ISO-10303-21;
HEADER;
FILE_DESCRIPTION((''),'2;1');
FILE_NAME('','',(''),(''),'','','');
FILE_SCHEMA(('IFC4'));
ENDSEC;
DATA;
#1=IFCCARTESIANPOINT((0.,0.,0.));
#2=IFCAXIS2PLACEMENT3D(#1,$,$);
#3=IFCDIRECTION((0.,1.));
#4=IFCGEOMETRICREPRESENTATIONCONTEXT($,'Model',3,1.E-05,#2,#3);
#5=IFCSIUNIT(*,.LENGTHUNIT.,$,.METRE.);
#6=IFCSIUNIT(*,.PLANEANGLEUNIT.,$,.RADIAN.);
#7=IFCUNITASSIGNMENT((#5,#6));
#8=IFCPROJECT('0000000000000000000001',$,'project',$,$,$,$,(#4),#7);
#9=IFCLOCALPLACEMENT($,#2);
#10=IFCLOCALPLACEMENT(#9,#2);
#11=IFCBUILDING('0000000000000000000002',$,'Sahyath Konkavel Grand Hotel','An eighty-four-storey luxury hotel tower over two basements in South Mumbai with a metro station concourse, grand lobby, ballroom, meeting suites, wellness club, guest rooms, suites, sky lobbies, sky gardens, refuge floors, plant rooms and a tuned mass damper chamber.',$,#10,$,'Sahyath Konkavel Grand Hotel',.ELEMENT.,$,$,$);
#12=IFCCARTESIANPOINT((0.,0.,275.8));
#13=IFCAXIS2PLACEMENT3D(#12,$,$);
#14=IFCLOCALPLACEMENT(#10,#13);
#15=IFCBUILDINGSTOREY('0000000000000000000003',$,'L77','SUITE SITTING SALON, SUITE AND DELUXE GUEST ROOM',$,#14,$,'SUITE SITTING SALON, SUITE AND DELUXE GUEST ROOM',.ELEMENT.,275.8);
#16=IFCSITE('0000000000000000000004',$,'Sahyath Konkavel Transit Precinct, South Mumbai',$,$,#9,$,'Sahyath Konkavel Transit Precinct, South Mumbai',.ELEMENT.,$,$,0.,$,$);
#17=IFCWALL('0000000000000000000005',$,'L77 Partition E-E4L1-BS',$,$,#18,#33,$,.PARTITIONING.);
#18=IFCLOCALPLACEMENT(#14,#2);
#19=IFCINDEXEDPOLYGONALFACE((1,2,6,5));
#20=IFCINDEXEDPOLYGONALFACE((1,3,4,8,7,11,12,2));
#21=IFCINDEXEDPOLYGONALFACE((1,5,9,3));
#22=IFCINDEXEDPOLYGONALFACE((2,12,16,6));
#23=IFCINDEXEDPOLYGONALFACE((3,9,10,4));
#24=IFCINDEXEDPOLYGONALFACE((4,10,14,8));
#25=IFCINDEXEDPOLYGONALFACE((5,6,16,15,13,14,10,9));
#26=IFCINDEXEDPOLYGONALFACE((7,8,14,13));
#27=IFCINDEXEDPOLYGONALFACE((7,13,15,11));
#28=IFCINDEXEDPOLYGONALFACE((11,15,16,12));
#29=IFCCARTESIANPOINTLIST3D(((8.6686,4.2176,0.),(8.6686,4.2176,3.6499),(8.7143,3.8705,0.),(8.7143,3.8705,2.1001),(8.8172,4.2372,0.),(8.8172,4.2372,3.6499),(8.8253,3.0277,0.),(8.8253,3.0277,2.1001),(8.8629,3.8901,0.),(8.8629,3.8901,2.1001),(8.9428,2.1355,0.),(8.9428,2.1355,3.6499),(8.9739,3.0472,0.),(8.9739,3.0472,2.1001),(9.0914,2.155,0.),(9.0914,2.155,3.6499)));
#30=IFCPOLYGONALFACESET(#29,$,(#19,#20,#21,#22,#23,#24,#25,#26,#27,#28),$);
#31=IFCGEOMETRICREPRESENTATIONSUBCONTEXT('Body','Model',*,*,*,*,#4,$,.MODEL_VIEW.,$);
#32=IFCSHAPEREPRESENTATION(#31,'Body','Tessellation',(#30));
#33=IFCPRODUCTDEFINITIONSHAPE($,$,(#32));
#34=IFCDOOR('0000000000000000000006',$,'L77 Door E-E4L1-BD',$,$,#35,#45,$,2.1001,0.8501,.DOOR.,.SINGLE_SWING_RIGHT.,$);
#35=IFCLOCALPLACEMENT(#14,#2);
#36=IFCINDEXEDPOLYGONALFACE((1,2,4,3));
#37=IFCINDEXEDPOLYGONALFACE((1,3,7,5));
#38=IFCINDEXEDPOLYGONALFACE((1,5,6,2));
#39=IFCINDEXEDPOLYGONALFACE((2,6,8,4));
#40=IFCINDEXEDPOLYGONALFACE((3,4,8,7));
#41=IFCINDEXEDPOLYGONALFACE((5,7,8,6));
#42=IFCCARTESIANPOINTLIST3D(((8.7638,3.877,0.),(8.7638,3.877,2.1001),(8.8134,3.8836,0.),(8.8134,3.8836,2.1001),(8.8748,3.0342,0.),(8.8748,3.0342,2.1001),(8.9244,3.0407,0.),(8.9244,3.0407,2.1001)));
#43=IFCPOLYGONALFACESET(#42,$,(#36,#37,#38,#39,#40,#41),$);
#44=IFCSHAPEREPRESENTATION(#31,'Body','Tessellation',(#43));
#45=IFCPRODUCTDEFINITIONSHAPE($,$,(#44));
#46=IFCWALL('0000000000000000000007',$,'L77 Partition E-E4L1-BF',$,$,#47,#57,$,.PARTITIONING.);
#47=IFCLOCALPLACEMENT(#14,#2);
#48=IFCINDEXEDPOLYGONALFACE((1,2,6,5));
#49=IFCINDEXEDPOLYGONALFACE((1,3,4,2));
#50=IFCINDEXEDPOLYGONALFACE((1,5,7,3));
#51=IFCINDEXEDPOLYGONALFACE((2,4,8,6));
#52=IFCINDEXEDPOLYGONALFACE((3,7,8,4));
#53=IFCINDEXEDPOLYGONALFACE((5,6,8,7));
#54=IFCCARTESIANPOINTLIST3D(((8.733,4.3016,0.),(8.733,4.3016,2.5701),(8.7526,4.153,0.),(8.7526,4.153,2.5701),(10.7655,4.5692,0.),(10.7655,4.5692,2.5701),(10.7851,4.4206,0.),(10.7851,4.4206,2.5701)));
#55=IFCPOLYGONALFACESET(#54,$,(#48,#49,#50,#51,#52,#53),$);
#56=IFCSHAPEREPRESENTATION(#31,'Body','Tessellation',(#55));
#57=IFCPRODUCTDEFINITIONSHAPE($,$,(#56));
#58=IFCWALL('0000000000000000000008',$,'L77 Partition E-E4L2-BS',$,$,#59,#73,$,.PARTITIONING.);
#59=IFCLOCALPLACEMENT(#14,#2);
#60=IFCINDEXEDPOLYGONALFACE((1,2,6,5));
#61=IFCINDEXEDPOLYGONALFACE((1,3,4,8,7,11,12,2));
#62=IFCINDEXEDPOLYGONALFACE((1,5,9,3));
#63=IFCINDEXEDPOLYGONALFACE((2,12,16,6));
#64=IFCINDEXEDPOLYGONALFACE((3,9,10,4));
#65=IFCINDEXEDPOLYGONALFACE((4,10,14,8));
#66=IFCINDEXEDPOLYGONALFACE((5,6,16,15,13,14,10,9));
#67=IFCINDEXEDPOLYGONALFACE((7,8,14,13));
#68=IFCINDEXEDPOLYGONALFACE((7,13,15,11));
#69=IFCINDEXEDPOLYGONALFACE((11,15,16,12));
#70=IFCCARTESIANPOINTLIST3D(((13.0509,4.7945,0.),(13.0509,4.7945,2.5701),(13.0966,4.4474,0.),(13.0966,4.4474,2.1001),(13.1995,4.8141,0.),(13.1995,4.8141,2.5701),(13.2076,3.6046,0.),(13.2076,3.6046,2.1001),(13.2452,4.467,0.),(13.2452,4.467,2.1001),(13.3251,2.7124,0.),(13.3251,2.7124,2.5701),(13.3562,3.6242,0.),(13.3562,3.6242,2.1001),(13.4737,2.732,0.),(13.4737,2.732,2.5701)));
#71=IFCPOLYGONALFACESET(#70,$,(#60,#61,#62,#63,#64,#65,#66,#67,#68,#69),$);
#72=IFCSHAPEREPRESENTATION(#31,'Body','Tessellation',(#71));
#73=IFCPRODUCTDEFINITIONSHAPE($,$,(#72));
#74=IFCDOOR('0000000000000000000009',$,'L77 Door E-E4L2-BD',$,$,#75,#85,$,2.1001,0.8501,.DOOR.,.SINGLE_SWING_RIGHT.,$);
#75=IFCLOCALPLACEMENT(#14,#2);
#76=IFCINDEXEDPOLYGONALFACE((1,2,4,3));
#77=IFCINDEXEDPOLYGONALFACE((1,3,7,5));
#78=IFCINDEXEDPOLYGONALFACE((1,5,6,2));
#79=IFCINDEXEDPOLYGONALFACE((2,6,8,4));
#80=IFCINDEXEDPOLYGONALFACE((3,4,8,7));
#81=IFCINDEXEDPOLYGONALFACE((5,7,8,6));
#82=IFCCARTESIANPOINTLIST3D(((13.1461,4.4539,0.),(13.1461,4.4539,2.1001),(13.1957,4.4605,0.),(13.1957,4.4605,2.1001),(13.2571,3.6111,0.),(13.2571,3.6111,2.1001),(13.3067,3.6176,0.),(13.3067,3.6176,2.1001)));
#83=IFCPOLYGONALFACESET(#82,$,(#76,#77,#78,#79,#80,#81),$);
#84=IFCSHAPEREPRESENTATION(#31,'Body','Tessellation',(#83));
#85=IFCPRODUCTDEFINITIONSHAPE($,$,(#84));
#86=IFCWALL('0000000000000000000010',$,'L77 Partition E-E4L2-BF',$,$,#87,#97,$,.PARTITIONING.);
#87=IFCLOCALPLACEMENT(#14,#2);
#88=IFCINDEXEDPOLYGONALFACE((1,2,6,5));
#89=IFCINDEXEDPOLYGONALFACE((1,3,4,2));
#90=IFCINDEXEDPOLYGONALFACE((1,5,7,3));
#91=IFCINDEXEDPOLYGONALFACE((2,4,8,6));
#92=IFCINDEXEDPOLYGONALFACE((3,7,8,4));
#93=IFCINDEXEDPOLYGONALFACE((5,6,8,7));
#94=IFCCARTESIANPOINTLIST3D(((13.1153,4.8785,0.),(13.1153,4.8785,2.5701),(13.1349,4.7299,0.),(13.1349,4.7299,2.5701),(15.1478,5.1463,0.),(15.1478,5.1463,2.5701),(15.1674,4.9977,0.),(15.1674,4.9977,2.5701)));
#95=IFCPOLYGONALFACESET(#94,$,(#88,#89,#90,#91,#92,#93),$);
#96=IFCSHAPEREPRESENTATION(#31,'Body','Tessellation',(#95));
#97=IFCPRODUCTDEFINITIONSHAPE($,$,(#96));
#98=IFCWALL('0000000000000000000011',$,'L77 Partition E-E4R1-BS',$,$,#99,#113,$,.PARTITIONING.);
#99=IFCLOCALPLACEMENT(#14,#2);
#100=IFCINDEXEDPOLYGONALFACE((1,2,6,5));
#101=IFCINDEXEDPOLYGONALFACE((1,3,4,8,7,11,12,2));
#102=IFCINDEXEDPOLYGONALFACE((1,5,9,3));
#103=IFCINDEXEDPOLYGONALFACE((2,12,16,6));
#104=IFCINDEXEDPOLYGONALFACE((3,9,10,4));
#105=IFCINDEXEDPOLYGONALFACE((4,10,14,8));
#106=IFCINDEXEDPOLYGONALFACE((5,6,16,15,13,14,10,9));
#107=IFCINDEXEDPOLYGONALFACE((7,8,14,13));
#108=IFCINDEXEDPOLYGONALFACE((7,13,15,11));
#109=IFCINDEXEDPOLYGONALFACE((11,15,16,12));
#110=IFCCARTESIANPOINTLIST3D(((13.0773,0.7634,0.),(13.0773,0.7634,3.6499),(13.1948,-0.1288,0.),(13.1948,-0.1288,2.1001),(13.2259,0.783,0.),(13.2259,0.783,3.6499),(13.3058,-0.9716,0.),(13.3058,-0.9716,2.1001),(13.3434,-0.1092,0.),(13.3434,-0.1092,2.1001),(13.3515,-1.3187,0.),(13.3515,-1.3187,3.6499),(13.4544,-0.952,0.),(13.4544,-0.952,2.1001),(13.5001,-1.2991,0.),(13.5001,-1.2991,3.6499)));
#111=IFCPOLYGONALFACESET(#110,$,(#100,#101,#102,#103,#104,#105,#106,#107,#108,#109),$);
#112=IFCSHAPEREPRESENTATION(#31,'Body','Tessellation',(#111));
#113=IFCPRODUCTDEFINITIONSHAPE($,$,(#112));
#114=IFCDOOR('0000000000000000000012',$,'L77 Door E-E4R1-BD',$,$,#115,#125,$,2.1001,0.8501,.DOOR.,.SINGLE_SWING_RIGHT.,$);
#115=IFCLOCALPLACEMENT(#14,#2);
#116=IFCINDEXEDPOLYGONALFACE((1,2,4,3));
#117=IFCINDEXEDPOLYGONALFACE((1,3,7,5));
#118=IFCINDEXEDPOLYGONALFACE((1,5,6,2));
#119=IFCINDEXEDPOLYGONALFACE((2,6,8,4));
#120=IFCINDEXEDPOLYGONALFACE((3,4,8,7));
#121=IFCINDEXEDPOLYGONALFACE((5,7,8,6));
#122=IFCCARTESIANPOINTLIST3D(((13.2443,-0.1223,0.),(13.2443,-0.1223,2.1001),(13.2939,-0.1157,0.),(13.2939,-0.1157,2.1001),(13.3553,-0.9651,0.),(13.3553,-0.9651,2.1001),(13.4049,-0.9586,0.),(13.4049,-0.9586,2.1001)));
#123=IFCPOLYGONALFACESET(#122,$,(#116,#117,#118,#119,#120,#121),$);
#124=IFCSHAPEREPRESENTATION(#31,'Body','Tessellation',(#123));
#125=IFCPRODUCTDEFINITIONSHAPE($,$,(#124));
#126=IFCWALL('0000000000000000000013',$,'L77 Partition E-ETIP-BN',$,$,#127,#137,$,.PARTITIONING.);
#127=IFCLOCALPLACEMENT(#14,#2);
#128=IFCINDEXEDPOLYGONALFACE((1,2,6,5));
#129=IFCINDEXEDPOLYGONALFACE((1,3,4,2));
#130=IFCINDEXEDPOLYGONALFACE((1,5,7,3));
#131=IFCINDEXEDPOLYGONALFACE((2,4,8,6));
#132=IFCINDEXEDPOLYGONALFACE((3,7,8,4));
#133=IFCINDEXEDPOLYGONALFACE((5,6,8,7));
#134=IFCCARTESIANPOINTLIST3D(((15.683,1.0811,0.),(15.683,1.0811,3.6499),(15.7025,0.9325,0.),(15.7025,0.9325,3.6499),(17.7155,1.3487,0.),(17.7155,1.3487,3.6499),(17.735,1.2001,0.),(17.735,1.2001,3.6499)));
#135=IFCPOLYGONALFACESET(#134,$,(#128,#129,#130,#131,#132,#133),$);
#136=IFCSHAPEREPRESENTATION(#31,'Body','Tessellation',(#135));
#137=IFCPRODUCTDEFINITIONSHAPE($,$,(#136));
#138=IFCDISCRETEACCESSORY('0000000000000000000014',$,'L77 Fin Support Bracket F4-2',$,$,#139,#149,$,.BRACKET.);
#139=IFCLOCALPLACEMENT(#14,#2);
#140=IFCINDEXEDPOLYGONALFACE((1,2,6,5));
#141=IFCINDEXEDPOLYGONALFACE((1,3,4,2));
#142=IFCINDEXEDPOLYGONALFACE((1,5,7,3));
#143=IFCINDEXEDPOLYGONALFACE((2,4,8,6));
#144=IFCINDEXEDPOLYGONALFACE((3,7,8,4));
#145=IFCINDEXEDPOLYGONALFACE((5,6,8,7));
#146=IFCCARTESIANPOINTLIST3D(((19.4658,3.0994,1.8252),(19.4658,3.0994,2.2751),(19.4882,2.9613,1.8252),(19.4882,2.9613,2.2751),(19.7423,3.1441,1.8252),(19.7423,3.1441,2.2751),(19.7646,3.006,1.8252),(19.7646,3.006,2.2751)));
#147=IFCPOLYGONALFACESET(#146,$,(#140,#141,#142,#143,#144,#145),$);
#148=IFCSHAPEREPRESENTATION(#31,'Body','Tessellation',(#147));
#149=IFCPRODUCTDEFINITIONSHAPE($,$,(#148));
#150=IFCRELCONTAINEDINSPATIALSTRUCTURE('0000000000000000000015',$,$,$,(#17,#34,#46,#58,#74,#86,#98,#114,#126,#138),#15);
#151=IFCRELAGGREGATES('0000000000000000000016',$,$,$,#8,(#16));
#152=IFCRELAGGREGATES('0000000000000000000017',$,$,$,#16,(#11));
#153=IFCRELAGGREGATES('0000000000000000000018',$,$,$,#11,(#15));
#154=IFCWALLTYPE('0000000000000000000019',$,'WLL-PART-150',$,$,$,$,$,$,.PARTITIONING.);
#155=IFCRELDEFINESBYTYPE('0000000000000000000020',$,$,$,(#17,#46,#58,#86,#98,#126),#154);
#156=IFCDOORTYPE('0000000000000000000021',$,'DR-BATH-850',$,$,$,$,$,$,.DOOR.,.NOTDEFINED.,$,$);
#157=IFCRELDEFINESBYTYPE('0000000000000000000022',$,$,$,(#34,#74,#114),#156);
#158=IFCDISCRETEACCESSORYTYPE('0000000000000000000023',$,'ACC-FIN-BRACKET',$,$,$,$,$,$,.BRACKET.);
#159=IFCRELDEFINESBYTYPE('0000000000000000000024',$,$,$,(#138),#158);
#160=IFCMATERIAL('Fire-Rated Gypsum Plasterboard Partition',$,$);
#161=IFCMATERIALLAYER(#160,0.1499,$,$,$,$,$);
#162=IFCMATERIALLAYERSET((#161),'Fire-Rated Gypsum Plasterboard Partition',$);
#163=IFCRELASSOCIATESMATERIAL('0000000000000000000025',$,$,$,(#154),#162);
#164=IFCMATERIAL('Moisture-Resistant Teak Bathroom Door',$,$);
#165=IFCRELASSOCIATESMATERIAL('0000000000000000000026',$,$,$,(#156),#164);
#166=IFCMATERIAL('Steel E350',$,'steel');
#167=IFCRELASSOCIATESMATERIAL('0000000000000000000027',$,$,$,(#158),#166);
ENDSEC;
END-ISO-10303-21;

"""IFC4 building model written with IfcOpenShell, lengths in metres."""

from ifc_helpers import new_model, si_unit, direction, frame, frame_2d, origin, origin_2d, place, context, subcontext, project, spatial, rectangle, extrude, source, transform, mapped, material, layer, layer_set, type_object, element, fill, save


model = new_model("IFC4")

# Units and contexts
model_context = context("Model", 3, precision=1e-05, world=origin(), true_north=direction((0.0, 1.0)))
body_context = subcontext(model_context, "Body", "Model", "MODEL_VIEW")
ifc_project = project(units=[si_unit("LENGTHUNIT", "METRE"), si_unit("PLANEANGLEUNIT", "RADIAN")], contexts=[model_context])

# Site, building, storey
site_placement = place(None, origin())
site = spatial("IfcSite", under=ifc_project, at=site_placement, Name="Sahyath Konkavel Transit Precinct, South Mumbai", LongName="Sahyath Konkavel Transit Precinct, South Mumbai", CompositionType="ELEMENT", RefElevation=0.0)
building_placement = place(site_placement, origin())
building = spatial("IfcBuilding", under=site, at=building_placement, Name="Sahyath Konkavel Grand Hotel", Description="An eighty-four-storey luxury hotel tower over two basements in South Mumbai with a metro station concourse, grand lobby, ballroom, meeting suites, wellness club, guest rooms, suites, sky lobbies, sky gardens, refuge floors, plant rooms and a tuned mass damper chamber.", LongName="Sahyath Konkavel Grand Hotel", CompositionType="ELEMENT")
storey_placement = place(building_placement, frame((0.0, 0.0, 275.8)))
storey = spatial("IfcBuildingStorey", under=building, at=storey_placement, Name="L77", Description="SUITE SITTING SALON, SUITE AND DELUXE GUEST ROOM", LongName="SUITE SITTING SALON, SUITE AND DELUXE GUEST ROOM", CompositionType="ELEMENT", Elevation=275.8)

# Shared definitions
ifc_material_1 = material(Name="Steel E350", Category="steel")

# Wall, opening, door
ifc_material_2 = material(Name="Fire-Rated Gypsum Plasterboard Partition")
ifc_layer_1 = layer(ifc_material_2, 0.1499)
ifc_layer_set_1 = layer_set([ifc_layer_1], Name="Fire-Rated Gypsum Plasterboard Partition")
wall_type_1 = type_object("IfcWallType", Name="WLL-PART-150", PredefinedType="PARTITIONING", material=ifc_layer_set_1)
wall_1_placement = place(storey_placement, frame((9.0171, 2.1453, 0.0), z_axis=(0.0, 0.0, 1.0), x_axis=(-0.130557, 0.991441, 0.0)))
wall_1 = element("IfcWall", 1, at=wall_1_placement, inside=storey, type_object=wall_type_1, Name="L77 Partition E-E4L1-BS", PredefinedType="PARTITIONING", context=body_context, shape_type="SweptSolid", body=[
    extrude(rectangle(XDim=2.1001, YDim=0.1499, at=frame_2d((1.05, 0.0))), origin(), (0.0, 0.0, 1.0), 3.6499),
])
opening_1_placement = place(wall_1_placement, frame((0.8999, 0.0, 0.0)))
opening_1 = element("IfcOpeningElement", 2, at=opening_1_placement, cuts=wall_1, PredefinedType="OPENING", context=body_context, shape_type="SweptSolid", body=[
    extrude(rectangle(XDim=0.8501, YDim=2.1001, at=frame_2d((0.425, 1.05))), frame((0.0, 0.085, 0.0), z_axis=(0.0, -1.0, 0.0), x_axis=(1.0, 0.0, 0.0)), (0.0, 0.0, 1.0), 0.1699),
])
ifc_material_3 = material(Name="Moisture-Resistant Teak Bathroom Door")
door_type = type_object("IfcDoorType", Name="DR-BATH-850", OperationType="NOTDEFINED", PredefinedType="DOOR", material=ifc_material_3)
shared_shape_1 = source(origin(), body_context, "Body", "SweptSolid", [
    extrude(rectangle(XDim=0.8501, YDim=0.05, at=origin_2d()), origin(), (0.0, 0.0, 1.0), 2.1001),
])
door_1_placement = place(opening_1_placement, frame((0.425, 0.0, 0.0)))
door_1 = element("IfcDoor", 3, at=door_1_placement, inside=storey, type_object=door_type, Name="L77 Door E-E4L1-BD", OperationType="SINGLE_SWING_RIGHT", OverallHeight=2.1001, OverallWidth=0.8501, PredefinedType="DOOR", context=body_context, shape_type="MappedRepresentation", body=[
    mapped(shared_shape_1, transform((0.0, 0.0, 0.0), scale=1.0)),
])
fill(opening_1, door_1)

# Wall
wall_2_placement = place(storey_placement, frame((8.7429, 4.2273, 0.0), z_axis=(0.0, 0.0, 1.0), x_axis=(0.991445, 0.130525, 0.0)))
element("IfcWall", 4, at=wall_2_placement, inside=storey, type_object=wall_type_1, Name="L77 Partition E-E4L1-BF", PredefinedType="PARTITIONING", context=body_context, shape_type="SweptSolid", body=[
    extrude(rectangle(XDim=2.05, YDim=0.1499, at=frame_2d((1.0249, 0.0))), origin(), (0.0, 0.0, 1.0), 2.5701),
])

# Wall, opening, door
wall_3_placement = place(storey_placement, frame((13.3994, 2.7222, 0.0), z_axis=(0.0, 0.0, 1.0), x_axis=(-0.130557, 0.991441, 0.0)))
wall_3 = element("IfcWall", 5, at=wall_3_placement, inside=storey, type_object=wall_type_1, Name="L77 Partition E-E4L2-BS", PredefinedType="PARTITIONING", context=body_context, shape_type="SweptSolid", body=[
    extrude(rectangle(XDim=2.1001, YDim=0.1499, at=frame_2d((1.05, 0.0))), origin(), (0.0, 0.0, 1.0), 2.5701),
])
opening_2_placement = place(wall_3_placement, frame((0.8999, 0.0, 0.0)))
opening_2 = element("IfcOpeningElement", 6, at=opening_2_placement, cuts=wall_3, PredefinedType="OPENING", context=body_context, shape_type="SweptSolid", body=[
    extrude(rectangle(XDim=0.8501, YDim=2.1001, at=frame_2d((0.425, 1.05))), frame((0.0, 0.085, 0.0), z_axis=(0.0, -1.0, 0.0), x_axis=(1.0, 0.0, 0.0)), (0.0, 0.0, 1.0), 0.1699),
])
door_2_placement = place(opening_2_placement, frame((0.425, 0.0, 0.0)))
door_2 = element("IfcDoor", 7, at=door_2_placement, inside=storey, type_object=door_type, Name="L77 Door E-E4L2-BD", OperationType="SINGLE_SWING_RIGHT", OverallHeight=2.1001, OverallWidth=0.8501, PredefinedType="DOOR", context=body_context, shape_type="MappedRepresentation", body=[
    mapped(shared_shape_1, transform((0.0, 0.0, 0.0), scale=1.0)),
])
fill(opening_2, door_2)

# Wall
wall_4_placement = place(storey_placement, frame((13.1252, 4.8042, 0.0), z_axis=(0.0, 0.0, 1.0), x_axis=(0.99143, 0.130642, 0.0)))
element("IfcWall", 8, at=wall_4_placement, inside=storey, type_object=wall_type_1, Name="L77 Partition E-E4L2-BF", PredefinedType="PARTITIONING", context=body_context, shape_type="SweptSolid", body=[
    extrude(rectangle(XDim=2.05, YDim=0.1499, at=frame_2d((1.0249, 0.0))), origin(), (0.0, 0.0, 1.0), 2.5701),
])

# Wall, opening, door
wall_5_placement = place(storey_placement, frame((13.1516, 0.7732, 0.0), z_axis=(0.0, 0.0, 1.0), x_axis=(0.130557, -0.991441, 0.0)))
wall_5 = element("IfcWall", 9, at=wall_5_placement, inside=storey, type_object=wall_type_1, Name="L77 Partition E-E4R1-BS", PredefinedType="PARTITIONING", context=body_context, shape_type="SweptSolid", body=[
    extrude(rectangle(XDim=2.1001, YDim=0.1499, at=frame_2d((1.05, 0.0))), origin(), (0.0, 0.0, 1.0), 3.6499),
])
opening_3_placement = place(wall_5_placement, frame((0.8999, 0.0, 0.0)))
opening_3 = element("IfcOpeningElement", 10, at=opening_3_placement, cuts=wall_5, PredefinedType="OPENING", context=body_context, shape_type="SweptSolid", body=[
    extrude(rectangle(XDim=0.8501, YDim=2.1001, at=frame_2d((0.425, 1.05))), frame((0.0, 0.085, 0.0), z_axis=(0.0, -1.0, 0.0), x_axis=(1.0, 0.0, 0.0)), (0.0, 0.0, 1.0), 0.1699),
])
door_3_placement = place(opening_3_placement, frame((0.425, 0.0, 0.0)))
door_3 = element("IfcDoor", 11, at=door_3_placement, inside=storey, type_object=door_type, Name="L77 Door E-E4R1-BD", OperationType="SINGLE_SWING_RIGHT", OverallHeight=2.1001, OverallWidth=0.8501, PredefinedType="DOOR", context=body_context, shape_type="MappedRepresentation", body=[
    mapped(shared_shape_1, transform((0.0, 0.0, 0.0), scale=1.0)),
])
fill(opening_3, door_3)

# Wall
wall_6_placement = place(storey_placement, frame((15.6929, 1.0068, 0.0), z_axis=(0.0, 0.0, 1.0), x_axis=(0.991445, 0.130525, 0.0)))
element("IfcWall", 12, at=wall_6_placement, inside=storey, type_object=wall_type_1, Name="L77 Partition E-ETIP-BN", PredefinedType="PARTITIONING", context=body_context, shape_type="SweptSolid", body=[
    extrude(rectangle(XDim=2.05, YDim=0.1499, at=frame_2d((1.0249, 0.0))), origin(), (0.0, 0.0, 1.0), 3.6499),
])

# Discrete accessory
discrete_accessory_type = type_object("IfcDiscreteAccessoryType", Name="ACC-FIN-BRACKET", PredefinedType="BRACKET", material=ifc_material_1)
shared_shape_2 = source(origin(), body_context, "Body", "SweptSolid", [
    extrude(rectangle(XDim=0.28, YDim=0.1399, at=origin_2d()), origin(), (0.0, 0.0, 1.0), 0.45),
])
discrete_accessory_placement = place(storey_placement, frame((19.6152, 3.0527, 1.8252), z_axis=(0.0, 0.0, 1.0), x_axis=(0.987178, 0.159623, 0.0)))
element("IfcDiscreteAccessory", 13, at=discrete_accessory_placement, inside=storey, type_object=discrete_accessory_type, Name="L77 Fin Support Bracket F4-2", PredefinedType="BRACKET", context=body_context, shape_type="MappedRepresentation", body=[
    mapped(shared_shape_2, transform((0.0, 0.0, 0.0), scale=1.0)),
])

save(model, "model.ifc")
